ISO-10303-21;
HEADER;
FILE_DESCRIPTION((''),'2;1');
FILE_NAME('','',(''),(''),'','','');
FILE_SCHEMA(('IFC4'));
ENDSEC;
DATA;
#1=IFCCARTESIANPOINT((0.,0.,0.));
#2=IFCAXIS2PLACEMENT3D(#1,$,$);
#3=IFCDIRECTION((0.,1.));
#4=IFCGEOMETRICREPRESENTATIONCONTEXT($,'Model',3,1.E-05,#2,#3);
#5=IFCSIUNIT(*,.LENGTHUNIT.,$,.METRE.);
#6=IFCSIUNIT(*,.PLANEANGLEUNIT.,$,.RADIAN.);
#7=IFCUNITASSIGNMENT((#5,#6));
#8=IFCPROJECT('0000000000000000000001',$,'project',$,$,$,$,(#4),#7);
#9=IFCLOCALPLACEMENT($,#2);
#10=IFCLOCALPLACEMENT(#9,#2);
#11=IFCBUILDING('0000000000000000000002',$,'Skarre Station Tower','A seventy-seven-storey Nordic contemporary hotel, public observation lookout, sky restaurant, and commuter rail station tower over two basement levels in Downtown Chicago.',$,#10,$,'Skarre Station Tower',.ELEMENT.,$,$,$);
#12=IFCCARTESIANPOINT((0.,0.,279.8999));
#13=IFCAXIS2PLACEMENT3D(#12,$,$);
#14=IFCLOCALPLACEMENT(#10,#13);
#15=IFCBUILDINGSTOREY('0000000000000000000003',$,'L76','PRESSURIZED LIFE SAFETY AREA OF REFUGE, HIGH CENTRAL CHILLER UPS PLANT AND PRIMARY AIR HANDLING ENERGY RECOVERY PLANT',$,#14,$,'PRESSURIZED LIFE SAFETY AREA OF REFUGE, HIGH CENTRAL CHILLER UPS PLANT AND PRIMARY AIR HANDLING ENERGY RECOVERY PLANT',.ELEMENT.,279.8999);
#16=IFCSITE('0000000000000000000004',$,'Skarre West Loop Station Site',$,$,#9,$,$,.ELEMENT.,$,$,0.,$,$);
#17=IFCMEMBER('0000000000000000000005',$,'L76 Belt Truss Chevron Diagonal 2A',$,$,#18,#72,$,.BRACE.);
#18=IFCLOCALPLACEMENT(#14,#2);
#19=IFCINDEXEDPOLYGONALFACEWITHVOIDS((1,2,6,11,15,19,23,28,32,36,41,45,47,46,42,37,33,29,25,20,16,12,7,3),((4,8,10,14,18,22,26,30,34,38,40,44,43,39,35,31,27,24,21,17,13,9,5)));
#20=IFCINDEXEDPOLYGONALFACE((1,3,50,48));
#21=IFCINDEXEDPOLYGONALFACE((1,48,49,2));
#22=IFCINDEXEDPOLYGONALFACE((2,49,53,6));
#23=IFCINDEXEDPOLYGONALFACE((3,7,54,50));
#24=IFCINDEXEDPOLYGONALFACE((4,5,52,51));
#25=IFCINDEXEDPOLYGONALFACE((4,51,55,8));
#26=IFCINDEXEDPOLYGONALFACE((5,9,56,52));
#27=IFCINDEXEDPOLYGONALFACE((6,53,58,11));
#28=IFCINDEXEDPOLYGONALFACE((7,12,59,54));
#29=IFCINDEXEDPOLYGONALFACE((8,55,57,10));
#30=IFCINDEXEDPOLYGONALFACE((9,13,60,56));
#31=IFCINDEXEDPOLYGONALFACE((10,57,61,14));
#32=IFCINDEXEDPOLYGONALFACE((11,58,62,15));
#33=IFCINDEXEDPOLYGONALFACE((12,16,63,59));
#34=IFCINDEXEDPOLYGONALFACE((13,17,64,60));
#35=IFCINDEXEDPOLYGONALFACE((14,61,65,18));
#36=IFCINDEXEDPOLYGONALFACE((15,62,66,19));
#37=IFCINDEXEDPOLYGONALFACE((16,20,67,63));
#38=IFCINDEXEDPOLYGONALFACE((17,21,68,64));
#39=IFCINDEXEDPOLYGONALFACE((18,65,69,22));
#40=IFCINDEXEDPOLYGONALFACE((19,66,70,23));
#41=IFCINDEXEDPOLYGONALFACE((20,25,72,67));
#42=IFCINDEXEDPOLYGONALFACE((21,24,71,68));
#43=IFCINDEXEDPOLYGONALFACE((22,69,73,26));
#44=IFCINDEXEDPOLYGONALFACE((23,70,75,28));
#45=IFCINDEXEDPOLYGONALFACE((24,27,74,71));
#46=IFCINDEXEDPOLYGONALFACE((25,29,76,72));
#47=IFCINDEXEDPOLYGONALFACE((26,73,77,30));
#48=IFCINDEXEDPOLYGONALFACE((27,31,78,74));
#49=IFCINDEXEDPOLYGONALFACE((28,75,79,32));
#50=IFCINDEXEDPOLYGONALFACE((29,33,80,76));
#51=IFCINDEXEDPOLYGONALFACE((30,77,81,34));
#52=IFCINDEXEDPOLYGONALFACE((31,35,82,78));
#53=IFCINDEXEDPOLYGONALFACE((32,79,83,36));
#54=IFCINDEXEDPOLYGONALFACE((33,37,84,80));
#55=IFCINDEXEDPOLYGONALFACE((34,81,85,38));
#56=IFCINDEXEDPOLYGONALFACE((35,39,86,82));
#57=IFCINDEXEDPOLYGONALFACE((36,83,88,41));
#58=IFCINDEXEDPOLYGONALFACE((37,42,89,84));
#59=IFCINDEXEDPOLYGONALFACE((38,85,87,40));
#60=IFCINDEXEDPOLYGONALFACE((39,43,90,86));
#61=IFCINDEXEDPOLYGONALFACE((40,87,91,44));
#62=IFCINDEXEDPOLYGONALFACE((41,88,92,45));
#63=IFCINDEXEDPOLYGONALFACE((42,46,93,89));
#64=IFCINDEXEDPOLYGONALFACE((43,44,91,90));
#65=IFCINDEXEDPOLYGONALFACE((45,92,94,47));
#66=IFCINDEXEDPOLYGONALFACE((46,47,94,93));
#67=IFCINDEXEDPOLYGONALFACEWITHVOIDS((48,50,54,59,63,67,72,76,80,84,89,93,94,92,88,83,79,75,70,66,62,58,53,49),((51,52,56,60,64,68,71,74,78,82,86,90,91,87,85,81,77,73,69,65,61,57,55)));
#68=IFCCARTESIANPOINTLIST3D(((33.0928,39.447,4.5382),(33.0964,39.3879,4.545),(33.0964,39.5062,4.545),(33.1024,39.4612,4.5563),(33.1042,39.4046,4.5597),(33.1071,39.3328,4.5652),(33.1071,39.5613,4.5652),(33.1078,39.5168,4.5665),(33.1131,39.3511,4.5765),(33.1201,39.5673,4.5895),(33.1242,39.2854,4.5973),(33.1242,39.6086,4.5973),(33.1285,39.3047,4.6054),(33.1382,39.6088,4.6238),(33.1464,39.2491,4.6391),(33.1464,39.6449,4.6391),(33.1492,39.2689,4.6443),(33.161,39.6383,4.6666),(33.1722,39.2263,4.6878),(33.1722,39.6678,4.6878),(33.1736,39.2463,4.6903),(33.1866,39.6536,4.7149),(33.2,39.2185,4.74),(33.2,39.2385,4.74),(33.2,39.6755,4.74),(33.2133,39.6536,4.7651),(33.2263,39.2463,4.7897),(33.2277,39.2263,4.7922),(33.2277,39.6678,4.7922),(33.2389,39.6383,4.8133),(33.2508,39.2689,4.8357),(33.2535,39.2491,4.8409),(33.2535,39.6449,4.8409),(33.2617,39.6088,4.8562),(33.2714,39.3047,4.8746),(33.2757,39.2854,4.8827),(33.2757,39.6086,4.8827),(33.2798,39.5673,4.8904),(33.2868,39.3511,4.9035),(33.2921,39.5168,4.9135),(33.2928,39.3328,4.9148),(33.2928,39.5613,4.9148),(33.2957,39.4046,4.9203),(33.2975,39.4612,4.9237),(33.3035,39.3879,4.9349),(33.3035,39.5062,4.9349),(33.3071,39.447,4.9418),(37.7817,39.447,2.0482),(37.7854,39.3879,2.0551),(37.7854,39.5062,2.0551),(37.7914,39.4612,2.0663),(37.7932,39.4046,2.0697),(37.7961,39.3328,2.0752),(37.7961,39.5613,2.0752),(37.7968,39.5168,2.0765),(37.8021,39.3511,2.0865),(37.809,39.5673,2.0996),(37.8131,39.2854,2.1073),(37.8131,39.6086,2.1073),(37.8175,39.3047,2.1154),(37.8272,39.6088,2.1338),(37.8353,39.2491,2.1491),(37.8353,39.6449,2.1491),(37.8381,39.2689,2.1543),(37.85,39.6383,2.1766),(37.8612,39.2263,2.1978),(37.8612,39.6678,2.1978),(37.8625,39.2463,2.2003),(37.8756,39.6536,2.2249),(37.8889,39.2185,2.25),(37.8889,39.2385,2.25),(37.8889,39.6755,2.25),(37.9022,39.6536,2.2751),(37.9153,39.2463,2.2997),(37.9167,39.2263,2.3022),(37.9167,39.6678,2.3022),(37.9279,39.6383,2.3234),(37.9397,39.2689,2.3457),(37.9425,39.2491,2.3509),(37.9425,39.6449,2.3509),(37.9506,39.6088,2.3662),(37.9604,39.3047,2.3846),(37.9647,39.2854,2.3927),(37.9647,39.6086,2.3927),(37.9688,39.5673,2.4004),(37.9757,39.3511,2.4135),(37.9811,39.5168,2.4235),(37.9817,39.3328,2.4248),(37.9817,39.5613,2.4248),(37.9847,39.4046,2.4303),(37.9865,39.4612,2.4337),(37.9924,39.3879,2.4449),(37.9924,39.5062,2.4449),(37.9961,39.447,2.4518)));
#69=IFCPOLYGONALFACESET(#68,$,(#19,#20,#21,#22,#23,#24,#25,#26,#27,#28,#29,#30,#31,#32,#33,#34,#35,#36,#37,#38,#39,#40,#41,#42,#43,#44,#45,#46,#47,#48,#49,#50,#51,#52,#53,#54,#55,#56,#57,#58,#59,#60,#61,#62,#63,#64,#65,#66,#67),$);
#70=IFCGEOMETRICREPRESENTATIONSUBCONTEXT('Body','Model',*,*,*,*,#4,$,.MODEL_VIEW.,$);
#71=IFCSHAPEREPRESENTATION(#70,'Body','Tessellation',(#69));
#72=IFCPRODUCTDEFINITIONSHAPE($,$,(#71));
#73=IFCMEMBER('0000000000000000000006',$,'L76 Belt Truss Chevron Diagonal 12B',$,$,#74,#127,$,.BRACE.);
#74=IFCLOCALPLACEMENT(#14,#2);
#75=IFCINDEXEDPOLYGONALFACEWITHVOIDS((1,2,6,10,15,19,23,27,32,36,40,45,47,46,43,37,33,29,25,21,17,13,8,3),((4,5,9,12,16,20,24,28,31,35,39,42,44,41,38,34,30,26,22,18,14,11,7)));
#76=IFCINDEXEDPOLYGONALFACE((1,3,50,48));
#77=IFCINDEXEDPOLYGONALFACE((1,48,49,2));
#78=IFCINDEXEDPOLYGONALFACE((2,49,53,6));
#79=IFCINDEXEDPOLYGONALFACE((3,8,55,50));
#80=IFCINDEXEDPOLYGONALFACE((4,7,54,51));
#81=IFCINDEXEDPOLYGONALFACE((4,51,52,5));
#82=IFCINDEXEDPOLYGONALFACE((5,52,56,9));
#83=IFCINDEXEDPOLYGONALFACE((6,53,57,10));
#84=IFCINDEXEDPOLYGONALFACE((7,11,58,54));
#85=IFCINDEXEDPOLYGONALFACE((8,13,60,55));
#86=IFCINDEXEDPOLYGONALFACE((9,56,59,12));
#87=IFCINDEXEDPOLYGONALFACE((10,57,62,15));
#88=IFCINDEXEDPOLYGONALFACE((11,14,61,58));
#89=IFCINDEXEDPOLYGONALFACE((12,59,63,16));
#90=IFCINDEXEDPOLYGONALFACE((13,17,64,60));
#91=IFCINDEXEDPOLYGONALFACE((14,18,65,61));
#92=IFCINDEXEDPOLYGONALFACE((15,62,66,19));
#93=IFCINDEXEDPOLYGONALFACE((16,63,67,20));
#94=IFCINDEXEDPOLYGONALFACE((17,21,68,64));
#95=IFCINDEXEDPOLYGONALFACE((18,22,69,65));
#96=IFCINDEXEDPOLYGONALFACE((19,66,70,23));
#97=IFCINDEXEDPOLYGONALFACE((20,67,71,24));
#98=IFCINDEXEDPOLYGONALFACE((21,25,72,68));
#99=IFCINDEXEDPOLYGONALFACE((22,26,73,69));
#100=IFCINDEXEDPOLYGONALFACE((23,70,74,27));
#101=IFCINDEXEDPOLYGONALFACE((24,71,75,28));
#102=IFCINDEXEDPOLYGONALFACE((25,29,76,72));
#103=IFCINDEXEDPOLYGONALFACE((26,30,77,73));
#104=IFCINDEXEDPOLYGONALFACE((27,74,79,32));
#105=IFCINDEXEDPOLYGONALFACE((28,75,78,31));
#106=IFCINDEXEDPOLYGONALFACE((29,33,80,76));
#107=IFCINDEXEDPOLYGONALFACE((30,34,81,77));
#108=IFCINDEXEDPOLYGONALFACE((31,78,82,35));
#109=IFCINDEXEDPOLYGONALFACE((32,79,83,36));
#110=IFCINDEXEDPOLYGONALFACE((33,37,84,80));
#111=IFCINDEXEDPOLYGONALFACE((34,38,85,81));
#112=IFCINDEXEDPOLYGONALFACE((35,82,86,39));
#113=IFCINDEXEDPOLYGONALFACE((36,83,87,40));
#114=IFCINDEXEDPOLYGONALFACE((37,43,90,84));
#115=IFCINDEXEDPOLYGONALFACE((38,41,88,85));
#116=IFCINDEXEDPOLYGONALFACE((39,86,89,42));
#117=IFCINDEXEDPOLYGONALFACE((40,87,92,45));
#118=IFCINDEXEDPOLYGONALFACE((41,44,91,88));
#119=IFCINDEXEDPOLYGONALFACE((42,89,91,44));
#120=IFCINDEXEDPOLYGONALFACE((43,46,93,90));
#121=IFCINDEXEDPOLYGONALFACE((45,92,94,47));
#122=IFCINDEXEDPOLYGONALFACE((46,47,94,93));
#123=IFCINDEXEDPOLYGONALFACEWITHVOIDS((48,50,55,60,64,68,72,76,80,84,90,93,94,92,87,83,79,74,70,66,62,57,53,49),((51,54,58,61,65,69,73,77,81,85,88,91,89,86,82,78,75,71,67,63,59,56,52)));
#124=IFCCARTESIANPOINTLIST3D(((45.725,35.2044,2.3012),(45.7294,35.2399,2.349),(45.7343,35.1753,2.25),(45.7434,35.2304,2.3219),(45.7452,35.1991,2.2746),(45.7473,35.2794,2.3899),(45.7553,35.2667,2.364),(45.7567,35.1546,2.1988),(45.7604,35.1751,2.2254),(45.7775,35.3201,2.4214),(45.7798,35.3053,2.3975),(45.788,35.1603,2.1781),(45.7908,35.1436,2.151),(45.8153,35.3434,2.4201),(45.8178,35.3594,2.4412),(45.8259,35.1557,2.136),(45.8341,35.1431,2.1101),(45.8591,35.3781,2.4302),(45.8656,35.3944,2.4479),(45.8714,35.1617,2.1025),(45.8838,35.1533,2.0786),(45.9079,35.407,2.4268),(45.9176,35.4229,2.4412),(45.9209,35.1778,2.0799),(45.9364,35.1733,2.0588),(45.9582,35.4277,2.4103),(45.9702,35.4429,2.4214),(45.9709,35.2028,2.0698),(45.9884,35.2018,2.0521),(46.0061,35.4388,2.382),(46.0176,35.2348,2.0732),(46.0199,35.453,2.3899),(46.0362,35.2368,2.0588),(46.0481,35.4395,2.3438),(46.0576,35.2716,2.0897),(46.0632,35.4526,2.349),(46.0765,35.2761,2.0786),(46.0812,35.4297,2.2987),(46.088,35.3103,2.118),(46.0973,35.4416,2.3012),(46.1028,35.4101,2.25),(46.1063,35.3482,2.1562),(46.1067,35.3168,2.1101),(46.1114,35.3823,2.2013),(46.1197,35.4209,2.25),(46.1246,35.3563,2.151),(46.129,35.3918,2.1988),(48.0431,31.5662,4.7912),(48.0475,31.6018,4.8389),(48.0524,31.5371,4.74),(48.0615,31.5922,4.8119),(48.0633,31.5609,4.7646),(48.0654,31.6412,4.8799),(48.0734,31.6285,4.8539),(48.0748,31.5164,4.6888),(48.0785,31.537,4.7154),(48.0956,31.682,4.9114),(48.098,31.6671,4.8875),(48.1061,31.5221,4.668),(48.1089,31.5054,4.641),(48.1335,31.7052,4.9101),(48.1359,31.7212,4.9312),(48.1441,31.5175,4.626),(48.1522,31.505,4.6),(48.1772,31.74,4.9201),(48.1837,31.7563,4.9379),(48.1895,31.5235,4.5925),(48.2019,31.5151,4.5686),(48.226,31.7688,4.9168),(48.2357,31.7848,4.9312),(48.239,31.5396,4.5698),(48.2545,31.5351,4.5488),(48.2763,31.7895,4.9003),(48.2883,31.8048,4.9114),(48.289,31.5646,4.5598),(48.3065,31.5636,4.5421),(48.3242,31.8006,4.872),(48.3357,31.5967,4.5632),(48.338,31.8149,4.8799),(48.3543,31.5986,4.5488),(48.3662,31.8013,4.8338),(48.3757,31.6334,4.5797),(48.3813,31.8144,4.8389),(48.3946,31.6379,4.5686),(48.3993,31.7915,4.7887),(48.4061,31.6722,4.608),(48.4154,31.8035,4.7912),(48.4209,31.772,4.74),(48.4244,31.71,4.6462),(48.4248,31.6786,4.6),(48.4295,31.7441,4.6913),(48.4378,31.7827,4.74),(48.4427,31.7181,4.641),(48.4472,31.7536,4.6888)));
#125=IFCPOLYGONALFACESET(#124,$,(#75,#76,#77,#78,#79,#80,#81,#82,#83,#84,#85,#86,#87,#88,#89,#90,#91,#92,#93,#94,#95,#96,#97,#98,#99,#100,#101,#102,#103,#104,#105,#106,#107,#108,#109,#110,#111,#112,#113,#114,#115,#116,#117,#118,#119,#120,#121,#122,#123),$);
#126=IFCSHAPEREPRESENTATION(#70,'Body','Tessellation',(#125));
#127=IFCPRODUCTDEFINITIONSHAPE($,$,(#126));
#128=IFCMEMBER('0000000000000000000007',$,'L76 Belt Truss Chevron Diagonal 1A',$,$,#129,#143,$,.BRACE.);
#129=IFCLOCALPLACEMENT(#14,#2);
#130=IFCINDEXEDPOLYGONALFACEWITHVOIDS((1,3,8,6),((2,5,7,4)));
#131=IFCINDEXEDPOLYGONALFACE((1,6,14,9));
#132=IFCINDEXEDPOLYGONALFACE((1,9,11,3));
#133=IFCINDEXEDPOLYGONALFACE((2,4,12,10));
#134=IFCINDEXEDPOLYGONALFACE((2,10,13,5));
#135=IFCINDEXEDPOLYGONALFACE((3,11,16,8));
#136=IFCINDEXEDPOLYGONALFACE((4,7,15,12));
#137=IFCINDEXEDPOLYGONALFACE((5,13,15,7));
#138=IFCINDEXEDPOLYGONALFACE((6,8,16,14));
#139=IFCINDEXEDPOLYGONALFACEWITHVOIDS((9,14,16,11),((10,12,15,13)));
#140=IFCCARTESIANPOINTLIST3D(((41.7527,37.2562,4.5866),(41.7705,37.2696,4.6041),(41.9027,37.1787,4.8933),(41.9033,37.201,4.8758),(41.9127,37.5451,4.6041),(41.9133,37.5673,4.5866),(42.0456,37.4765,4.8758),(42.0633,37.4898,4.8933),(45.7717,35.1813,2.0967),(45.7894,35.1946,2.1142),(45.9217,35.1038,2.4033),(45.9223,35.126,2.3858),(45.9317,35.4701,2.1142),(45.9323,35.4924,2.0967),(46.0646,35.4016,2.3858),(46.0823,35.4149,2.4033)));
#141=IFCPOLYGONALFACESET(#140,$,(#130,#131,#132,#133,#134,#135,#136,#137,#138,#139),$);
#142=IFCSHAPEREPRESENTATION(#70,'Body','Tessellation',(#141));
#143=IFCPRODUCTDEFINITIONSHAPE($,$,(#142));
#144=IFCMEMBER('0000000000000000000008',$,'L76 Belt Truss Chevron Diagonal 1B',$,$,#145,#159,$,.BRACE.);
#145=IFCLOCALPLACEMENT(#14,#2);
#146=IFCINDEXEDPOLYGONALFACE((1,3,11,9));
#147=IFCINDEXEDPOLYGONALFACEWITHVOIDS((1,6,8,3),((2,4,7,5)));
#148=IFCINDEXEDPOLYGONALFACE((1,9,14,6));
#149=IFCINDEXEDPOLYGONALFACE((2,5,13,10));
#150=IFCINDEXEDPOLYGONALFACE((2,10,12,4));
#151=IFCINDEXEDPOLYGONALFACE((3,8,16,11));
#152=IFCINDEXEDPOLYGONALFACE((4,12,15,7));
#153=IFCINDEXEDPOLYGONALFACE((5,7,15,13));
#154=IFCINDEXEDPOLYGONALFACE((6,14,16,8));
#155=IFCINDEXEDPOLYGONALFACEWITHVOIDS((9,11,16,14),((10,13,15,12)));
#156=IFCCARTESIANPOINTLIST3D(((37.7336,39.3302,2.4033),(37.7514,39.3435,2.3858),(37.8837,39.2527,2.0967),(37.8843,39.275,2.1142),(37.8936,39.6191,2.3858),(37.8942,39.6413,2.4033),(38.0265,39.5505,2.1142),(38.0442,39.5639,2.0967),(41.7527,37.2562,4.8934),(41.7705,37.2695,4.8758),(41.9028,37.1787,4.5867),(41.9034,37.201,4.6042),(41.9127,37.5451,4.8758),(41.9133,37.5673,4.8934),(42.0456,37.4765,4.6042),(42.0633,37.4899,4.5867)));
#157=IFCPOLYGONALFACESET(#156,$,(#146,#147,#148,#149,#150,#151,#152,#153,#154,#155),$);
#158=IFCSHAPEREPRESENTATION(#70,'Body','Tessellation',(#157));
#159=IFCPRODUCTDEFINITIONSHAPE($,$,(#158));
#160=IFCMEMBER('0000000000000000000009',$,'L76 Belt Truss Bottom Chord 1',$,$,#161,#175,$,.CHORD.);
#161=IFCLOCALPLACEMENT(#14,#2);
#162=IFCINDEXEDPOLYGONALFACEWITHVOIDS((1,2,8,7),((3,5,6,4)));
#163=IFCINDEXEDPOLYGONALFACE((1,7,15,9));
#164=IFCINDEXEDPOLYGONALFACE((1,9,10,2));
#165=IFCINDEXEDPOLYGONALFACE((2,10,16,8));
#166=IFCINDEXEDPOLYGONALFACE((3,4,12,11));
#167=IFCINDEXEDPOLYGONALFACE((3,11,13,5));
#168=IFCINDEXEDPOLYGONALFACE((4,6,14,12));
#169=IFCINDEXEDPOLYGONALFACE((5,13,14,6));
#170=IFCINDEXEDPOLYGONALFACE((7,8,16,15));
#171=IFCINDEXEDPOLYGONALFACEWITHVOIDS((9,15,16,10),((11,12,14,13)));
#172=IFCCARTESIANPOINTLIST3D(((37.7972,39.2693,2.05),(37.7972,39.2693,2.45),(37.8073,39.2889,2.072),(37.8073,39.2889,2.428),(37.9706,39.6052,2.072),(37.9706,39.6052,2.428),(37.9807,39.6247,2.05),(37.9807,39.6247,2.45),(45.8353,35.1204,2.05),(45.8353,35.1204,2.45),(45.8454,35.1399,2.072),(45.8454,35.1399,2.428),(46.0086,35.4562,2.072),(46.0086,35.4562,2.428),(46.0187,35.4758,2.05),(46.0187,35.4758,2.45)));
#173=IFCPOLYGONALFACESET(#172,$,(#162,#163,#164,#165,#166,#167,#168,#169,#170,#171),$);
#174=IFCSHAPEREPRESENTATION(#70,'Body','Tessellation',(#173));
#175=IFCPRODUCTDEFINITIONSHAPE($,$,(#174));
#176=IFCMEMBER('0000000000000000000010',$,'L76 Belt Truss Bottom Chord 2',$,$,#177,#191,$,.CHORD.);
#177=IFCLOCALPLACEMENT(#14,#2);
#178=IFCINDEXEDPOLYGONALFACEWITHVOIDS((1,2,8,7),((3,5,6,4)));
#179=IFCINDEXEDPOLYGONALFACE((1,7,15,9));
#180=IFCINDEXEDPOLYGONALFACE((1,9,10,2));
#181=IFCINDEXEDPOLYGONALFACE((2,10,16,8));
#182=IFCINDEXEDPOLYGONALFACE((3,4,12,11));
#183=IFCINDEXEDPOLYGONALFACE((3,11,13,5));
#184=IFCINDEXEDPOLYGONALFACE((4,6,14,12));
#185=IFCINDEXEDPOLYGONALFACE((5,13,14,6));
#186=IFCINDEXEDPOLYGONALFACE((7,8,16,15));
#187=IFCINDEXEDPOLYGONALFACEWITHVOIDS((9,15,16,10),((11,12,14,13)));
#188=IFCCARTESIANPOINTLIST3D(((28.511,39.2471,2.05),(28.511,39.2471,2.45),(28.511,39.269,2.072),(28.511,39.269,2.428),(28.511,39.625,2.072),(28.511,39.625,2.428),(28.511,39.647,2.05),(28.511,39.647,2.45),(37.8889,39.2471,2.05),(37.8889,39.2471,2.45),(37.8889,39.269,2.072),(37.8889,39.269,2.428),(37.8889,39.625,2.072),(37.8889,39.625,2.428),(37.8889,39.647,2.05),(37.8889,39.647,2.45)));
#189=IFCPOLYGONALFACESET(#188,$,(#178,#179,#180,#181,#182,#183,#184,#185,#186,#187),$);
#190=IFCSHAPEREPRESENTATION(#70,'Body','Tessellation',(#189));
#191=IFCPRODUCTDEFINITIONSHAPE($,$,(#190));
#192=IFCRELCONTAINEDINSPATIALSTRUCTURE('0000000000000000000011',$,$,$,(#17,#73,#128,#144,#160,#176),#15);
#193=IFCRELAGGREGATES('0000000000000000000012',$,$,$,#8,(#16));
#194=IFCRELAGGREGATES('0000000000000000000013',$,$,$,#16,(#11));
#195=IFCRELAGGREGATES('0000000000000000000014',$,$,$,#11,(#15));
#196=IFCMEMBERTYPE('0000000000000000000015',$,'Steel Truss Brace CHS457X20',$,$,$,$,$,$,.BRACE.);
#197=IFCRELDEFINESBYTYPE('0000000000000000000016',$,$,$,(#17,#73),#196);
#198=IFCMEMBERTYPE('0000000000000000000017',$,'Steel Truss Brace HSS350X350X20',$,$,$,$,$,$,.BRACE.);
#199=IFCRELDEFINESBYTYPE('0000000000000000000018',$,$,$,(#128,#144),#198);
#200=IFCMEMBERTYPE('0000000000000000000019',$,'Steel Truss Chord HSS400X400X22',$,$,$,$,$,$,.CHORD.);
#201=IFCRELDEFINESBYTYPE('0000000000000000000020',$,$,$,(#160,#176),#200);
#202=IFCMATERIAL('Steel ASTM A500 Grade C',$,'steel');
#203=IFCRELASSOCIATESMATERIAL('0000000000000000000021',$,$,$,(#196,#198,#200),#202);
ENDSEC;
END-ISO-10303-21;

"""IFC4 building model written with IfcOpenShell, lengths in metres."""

from ifc_helpers import new_model, si_unit, direction, frame, origin, origin_2d, place, context, subcontext, project, spatial, hollow_rectangle, hollow_circle, extrude, material, material_profile, profile_set, type_object, element, save


model = new_model("IFC4")

# Units and contexts
model_context = context("Model", 3, precision=1e-05, world=origin(), true_north=direction((0.0, 1.0)))
body_context = subcontext(model_context, "Body", "Model", "MODEL_VIEW")
ifc_project = project(units=[si_unit("LENGTHUNIT", "METRE"), si_unit("PLANEANGLEUNIT", "RADIAN")], contexts=[model_context])

# Site, building, storey
site_placement = place(None, origin())
site = spatial("IfcSite", under=ifc_project, at=site_placement, Name="Skarre West Loop Station Site", CompositionType="ELEMENT", RefElevation=0.0)
building_placement = place(site_placement, origin())
building = spatial("IfcBuilding", under=site, at=building_placement, Name="Skarre Station Tower", Description="A seventy-seven-storey Nordic contemporary hotel, public observation lookout, sky restaurant, and commuter rail station tower over two basement levels in Downtown Chicago.", LongName="Skarre Station Tower", CompositionType="ELEMENT")
storey_placement = place(building_placement, frame((0.0, 0.0, 279.8999)))
storey = spatial("IfcBuildingStorey", under=building, at=storey_placement, Name="L76", Description="PRESSURIZED LIFE SAFETY AREA OF REFUGE, HIGH CENTRAL CHILLER UPS PLANT AND PRIMARY AIR HANDLING ENERGY RECOVERY PLANT", LongName="PRESSURIZED LIFE SAFETY AREA OF REFUGE, HIGH CENTRAL CHILLER UPS PLANT AND PRIMARY AIR HANDLING ENERGY RECOVERY PLANT", CompositionType="ELEMENT", Elevation=279.8999)

# Members
ifc_material_1 = material(Name="Steel ASTM A500 Grade C", Category="steel")
ifc_material_profile_1 = material_profile(ifc_material_1, hollow_circle(Radius=0.2285, WallThickness=0.02, at=origin_2d()), Name="Steel ASTM A500 Grade C")
ifc_profile_set_1 = profile_set([ifc_material_profile_1], Name="Steel ASTM A500 Grade C")
member_type_1 = type_object("IfcMemberType", Name="Steel Truss Brace CHS457X20", PredefinedType="BRACE", material=ifc_profile_set_1)
member_1_placement = place(storey_placement, frame((37.8889, 39.447, 2.25), z_axis=(-0.883195, 0.0, 0.469005), x_axis=(0.0, -1.0, 0.0)))
element("IfcMember", 1, at=member_1_placement, inside=storey, type_object=member_type_1, Name="L76 Belt Truss Chevron Diagonal 2A", PredefinedType="BRACE", context=body_context, shape_type="SweptSolid", body=[
    extrude(hollow_circle(Radius=0.2285, WallThickness=0.02, at=origin_2d()), origin(), (0.0, 0.0, 1.0), 5.3091),
])
member_2_placement = place(storey_placement, frame((45.927, 35.2981, 2.25), z_axis=(0.465394, -0.730416, 0.4999), x_axis=(0.843356, 0.537355, 0.0)))
element("IfcMember", 2, at=member_2_placement, inside=storey, type_object=member_type_1, Name="L76 Belt Truss Chevron Diagonal 12B", PredefinedType="BRACE", context=body_context, shape_type="SweptSolid", body=[
    extrude(hollow_circle(Radius=0.2285, WallThickness=0.02, at=origin_2d()), origin(), (0.0, 0.0, 1.0), 4.981),
])
ifc_material_profile_2 = material_profile(ifc_material_1, hollow_rectangle(XDim=0.3501, YDim=0.3501, WallThickness=0.02, at=origin_2d()), Name="Steel ASTM A500 Grade C")
ifc_profile_set_2 = profile_set([ifc_material_profile_2], Name="Steel ASTM A500 Grade C")
member_type_2 = type_object("IfcMemberType", Name="Steel Truss Brace HSS350X350X20", PredefinedType="BRACE", material=ifc_profile_set_2)
member_3_placement = place(storey_placement, frame((45.927, 35.2981, 2.25), z_axis=(-0.778408, 0.401877, 0.482261), x_axis=(-0.458749, -0.888566, 0.0)))
element("IfcMember", 3, at=member_3_placement, inside=storey, type_object=member_type_2, Name="L76 Belt Truss Chevron Diagonal 1A", PredefinedType="BRACE", context=body_context, shape_type="SweptSolid", body=[
    extrude(hollow_rectangle(XDim=0.3501, YDim=0.3501, WallThickness=0.02, at=origin_2d()), origin(), (0.0, 0.0, 1.0), 5.1631),
])
member_4_placement = place(storey_placement, frame((37.8889, 39.447, 2.25), z_axis=(0.778467, -0.401718, 0.482298), x_axis=(0.458578, 0.888654, 0.0)))
element("IfcMember", 4, at=member_4_placement, inside=storey, type_object=member_type_2, Name="L76 Belt Truss Chevron Diagonal 1B", PredefinedType="BRACE", context=body_context, shape_type="SweptSolid", body=[
    extrude(hollow_rectangle(XDim=0.3501, YDim=0.3501, WallThickness=0.02, at=origin_2d()), origin(), (0.0, 0.0, 1.0), 5.1628),
])
ifc_material_profile_3 = material_profile(ifc_material_1, hollow_rectangle(XDim=0.3999, YDim=0.3999, WallThickness=0.022, at=origin_2d()), Name="Steel ASTM A500 Grade C")
ifc_profile_set_3 = profile_set([ifc_material_profile_3], Name="Steel ASTM A500 Grade C")
member_type_3 = type_object("IfcMemberType", Name="Steel Truss Chord HSS400X400X22", PredefinedType="CHORD", material=ifc_profile_set_3)
member_5_placement = place(storey_placement, frame((45.927, 35.2981, 2.25), z_axis=(-0.88861, 0.458664, 0.0), x_axis=(-0.458664, -0.88861, 0.0)))
element("IfcMember", 5, at=member_5_placement, inside=storey, type_object=member_type_3, Name="L76 Belt Truss Bottom Chord 1", PredefinedType="CHORD", context=body_context, shape_type="SweptSolid", body=[
    extrude(hollow_rectangle(XDim=0.3999, YDim=0.3999, WallThickness=0.022, at=origin_2d()), origin(), (0.0, 0.0, 1.0), 9.0457),
])
member_6_placement = place(storey_placement, frame((37.8889, 39.447, 2.25), z_axis=(-1.0, 0.0, 0.0), x_axis=(0.0, -1.0, 0.0)))
element("IfcMember", 6, at=member_6_placement, inside=storey, type_object=member_type_3, Name="L76 Belt Truss Bottom Chord 2", PredefinedType="CHORD", context=body_context, shape_type="SweptSolid", body=[
    extrude(hollow_rectangle(XDim=0.3999, YDim=0.3999, WallThickness=0.022, at=origin_2d()), origin(), (0.0, 0.0, 1.0), 9.3779),
])

save(model, "model.ifc")
